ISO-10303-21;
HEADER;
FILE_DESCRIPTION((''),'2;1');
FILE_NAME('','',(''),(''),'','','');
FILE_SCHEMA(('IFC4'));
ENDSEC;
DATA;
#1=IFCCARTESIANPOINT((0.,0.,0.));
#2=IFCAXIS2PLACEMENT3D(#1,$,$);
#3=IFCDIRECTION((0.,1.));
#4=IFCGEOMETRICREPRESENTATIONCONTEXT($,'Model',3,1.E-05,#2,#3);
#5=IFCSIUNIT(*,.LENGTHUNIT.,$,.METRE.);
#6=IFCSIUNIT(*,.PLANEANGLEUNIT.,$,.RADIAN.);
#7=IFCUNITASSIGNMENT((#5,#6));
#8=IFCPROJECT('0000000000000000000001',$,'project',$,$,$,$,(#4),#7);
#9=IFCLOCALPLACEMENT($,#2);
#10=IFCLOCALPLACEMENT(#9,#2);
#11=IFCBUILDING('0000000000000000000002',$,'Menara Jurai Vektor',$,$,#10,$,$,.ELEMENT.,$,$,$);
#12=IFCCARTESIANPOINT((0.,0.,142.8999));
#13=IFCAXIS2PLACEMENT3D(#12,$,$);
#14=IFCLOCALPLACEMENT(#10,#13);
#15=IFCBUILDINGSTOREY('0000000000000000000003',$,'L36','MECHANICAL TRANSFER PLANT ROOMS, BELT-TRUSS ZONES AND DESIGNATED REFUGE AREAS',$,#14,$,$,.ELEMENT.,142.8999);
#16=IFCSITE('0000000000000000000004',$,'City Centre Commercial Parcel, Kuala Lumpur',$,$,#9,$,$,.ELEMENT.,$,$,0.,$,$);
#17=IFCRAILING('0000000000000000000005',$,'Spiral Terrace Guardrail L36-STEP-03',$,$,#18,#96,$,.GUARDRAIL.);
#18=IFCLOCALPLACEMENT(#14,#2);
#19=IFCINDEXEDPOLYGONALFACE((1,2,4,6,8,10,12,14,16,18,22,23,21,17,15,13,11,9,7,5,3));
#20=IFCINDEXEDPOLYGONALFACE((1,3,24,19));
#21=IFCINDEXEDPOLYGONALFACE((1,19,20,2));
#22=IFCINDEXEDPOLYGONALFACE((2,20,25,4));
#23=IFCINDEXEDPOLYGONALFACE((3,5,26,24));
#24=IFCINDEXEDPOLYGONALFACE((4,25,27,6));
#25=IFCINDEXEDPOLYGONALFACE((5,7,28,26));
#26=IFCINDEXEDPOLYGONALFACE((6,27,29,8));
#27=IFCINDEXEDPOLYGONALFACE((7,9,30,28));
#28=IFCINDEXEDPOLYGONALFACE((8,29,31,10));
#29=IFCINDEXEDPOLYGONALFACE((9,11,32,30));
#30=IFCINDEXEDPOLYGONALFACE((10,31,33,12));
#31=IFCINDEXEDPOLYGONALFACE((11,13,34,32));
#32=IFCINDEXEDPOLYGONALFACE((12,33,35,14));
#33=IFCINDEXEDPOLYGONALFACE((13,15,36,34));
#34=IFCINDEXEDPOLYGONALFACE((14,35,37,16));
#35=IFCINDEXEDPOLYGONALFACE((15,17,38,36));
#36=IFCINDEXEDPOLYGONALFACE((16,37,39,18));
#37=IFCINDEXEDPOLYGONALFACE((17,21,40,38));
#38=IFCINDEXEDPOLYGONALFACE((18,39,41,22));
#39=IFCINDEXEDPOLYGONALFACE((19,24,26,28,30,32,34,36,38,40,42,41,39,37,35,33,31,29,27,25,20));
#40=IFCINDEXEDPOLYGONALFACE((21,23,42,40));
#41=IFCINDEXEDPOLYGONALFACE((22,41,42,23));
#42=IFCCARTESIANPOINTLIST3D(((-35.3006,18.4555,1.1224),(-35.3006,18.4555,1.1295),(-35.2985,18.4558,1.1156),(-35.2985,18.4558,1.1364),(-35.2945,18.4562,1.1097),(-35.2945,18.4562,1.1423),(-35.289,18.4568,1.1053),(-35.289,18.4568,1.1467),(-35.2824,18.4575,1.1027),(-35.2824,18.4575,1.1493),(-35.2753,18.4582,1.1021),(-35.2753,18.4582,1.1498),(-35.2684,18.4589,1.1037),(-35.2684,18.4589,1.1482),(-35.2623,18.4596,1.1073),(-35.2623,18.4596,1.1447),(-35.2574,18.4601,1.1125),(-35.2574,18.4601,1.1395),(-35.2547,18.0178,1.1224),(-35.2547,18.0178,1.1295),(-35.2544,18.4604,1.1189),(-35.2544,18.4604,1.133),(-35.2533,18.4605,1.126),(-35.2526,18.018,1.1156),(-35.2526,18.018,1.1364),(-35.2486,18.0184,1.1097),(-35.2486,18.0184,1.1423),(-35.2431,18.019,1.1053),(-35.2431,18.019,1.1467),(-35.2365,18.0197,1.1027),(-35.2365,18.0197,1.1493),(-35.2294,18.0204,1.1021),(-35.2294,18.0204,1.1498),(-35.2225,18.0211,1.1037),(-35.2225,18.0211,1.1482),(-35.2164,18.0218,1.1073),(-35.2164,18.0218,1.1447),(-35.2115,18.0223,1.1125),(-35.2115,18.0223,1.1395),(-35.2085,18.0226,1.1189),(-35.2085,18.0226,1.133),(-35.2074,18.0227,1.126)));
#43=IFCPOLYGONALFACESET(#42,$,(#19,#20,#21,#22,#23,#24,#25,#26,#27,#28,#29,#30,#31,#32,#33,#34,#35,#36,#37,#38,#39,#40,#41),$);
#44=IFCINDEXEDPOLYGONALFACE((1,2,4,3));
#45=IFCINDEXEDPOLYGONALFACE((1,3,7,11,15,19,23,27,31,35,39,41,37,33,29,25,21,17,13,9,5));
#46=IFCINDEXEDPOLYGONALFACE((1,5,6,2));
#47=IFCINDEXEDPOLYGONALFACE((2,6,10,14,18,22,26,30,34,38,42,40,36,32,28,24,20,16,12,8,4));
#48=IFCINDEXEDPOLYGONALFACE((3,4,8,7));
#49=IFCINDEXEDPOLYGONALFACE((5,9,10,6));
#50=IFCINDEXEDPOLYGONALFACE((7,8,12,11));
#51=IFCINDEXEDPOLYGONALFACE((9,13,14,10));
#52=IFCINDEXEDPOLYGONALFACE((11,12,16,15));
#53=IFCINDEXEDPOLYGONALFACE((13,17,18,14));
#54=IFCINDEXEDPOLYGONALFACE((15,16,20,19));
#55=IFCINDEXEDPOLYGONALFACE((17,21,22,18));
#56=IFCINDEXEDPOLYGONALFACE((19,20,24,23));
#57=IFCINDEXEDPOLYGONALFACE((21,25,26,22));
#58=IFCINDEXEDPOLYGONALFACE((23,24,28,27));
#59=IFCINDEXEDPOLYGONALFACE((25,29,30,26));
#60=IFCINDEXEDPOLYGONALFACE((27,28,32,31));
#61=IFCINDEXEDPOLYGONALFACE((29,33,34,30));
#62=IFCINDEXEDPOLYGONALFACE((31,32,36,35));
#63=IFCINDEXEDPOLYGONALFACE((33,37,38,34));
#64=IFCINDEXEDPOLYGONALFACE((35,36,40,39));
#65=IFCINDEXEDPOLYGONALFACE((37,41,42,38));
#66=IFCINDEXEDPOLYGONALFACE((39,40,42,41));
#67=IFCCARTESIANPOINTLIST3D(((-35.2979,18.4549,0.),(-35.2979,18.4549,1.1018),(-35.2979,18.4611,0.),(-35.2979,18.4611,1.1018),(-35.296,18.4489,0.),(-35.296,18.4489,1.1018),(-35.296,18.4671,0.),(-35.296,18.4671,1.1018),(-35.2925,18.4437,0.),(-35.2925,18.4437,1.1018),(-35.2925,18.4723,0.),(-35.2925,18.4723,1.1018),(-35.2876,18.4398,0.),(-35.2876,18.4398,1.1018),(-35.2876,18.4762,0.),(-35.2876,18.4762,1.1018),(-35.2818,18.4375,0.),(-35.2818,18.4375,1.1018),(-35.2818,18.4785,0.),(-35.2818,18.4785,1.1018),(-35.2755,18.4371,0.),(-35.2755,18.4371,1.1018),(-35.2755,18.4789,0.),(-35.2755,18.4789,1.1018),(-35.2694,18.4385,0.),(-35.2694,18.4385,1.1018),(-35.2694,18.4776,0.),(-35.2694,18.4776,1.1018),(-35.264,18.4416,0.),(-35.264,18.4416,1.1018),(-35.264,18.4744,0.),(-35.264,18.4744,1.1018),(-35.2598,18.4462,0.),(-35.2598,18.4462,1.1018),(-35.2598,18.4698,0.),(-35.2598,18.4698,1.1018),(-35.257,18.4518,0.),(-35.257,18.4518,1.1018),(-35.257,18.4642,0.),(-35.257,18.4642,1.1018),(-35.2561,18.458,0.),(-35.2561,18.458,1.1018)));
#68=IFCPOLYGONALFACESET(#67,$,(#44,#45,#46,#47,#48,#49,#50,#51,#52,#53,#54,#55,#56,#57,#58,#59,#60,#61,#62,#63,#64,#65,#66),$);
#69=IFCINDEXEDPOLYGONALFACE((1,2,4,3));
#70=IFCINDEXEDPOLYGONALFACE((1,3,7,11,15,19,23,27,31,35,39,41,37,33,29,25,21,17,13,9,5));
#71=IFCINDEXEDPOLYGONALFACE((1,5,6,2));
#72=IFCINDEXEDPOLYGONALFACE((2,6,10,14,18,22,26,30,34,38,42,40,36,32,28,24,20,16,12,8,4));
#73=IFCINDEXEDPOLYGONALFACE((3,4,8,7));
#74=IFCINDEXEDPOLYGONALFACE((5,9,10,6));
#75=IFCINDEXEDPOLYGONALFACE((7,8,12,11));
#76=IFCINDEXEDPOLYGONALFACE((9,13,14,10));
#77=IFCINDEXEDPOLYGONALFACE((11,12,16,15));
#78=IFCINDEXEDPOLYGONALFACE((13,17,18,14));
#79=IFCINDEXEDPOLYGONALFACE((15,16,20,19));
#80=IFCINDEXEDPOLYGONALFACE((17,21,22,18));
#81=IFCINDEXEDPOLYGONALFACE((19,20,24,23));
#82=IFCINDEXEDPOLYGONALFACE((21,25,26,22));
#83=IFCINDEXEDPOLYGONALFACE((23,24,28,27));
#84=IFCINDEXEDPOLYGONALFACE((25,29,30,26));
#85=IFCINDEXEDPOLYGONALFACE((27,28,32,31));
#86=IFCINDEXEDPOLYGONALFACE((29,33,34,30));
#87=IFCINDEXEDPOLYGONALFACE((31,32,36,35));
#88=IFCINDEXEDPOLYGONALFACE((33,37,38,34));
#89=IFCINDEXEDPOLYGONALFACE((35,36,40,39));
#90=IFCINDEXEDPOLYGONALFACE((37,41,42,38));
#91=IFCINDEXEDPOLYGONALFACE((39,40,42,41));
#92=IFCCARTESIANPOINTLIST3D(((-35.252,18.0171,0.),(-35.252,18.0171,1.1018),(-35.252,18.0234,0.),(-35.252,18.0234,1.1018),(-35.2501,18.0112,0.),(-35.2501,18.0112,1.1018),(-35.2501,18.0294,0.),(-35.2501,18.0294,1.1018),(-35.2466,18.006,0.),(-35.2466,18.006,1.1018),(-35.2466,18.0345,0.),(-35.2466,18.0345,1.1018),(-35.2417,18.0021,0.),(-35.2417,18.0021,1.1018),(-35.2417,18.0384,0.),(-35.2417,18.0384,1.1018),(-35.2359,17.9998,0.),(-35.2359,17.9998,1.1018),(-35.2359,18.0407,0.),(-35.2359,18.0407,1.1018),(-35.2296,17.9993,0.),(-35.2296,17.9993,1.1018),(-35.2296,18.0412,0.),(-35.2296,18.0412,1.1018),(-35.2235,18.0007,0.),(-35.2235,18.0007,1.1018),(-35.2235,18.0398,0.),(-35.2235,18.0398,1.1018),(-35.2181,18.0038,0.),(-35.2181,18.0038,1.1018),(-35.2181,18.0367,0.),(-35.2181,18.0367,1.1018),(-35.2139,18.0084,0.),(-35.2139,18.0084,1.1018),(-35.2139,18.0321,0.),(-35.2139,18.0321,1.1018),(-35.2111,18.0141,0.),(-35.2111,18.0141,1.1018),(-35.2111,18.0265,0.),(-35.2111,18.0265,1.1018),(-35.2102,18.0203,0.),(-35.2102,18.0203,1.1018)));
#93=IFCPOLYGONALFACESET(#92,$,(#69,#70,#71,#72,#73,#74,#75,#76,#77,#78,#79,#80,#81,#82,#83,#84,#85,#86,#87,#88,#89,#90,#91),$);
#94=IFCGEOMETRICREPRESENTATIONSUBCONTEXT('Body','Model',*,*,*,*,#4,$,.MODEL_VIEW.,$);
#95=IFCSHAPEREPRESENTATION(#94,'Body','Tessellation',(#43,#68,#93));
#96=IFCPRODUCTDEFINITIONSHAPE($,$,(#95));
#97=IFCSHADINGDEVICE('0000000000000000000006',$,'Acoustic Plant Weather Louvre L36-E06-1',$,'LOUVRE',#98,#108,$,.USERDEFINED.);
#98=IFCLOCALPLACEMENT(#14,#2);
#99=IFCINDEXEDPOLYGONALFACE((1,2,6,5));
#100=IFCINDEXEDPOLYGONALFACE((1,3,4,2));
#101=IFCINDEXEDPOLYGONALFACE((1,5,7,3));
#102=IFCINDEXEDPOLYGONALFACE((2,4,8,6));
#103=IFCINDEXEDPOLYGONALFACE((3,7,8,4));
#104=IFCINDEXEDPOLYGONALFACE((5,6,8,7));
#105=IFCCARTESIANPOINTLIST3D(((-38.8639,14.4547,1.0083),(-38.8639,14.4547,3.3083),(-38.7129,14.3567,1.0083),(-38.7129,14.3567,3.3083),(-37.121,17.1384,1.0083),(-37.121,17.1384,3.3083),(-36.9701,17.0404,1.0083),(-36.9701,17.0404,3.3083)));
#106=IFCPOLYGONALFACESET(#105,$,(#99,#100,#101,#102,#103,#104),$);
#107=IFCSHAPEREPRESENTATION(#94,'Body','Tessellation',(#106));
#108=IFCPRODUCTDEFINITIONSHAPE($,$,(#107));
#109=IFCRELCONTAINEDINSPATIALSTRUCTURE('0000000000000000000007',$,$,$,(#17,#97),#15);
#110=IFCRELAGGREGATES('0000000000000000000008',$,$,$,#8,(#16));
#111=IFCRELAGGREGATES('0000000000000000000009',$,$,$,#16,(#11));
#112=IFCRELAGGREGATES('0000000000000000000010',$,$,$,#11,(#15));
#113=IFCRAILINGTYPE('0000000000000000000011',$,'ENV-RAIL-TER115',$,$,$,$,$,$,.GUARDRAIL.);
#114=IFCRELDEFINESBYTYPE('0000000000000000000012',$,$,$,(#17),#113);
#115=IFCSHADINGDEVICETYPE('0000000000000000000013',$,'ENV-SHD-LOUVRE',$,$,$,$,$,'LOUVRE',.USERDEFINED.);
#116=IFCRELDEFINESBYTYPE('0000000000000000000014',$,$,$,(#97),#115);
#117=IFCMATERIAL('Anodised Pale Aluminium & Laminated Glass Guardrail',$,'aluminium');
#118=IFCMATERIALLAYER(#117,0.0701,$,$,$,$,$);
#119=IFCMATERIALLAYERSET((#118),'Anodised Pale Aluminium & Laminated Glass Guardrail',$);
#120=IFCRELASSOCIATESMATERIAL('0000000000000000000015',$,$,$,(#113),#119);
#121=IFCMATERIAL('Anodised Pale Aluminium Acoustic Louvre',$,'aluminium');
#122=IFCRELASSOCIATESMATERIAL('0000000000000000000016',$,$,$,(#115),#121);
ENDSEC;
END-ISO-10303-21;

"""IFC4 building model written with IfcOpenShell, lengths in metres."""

from ifc_helpers import new_model, si_unit, direction, frame, origin, origin_2d, place, context, subcontext, project, spatial, rectangle, circle, extrude, material, layer, layer_set, type_object, element, save


model = new_model("IFC4")

# Units and contexts
model_context = context("Model", 3, precision=1e-05, world=origin(), true_north=direction((0.0, 1.0)))
body_context = subcontext(model_context, "Body", "Model", "MODEL_VIEW")
ifc_project = project(units=[si_unit("LENGTHUNIT", "METRE"), si_unit("PLANEANGLEUNIT", "RADIAN")], contexts=[model_context])

# Site, building, storey
site_placement = place(None, origin())
site = spatial("IfcSite", under=ifc_project, at=site_placement, Name="City Centre Commercial Parcel, Kuala Lumpur", CompositionType="ELEMENT", RefElevation=0.0)
building_placement = place(site_placement, origin())
building = spatial("IfcBuilding", under=site, at=building_placement, Name="Menara Jurai Vektor", CompositionType="ELEMENT")
storey_placement = place(building_placement, frame((0.0, 0.0, 142.8999)))
storey = spatial("IfcBuildingStorey", under=building, at=storey_placement, Name="L36", Description="MECHANICAL TRANSFER PLANT ROOMS, BELT-TRUSS ZONES AND DESIGNATED REFUGE AREAS", CompositionType="ELEMENT", Elevation=142.8999)

# Railing
ifc_material_1 = material(Name="Anodised Pale Aluminium & Laminated Glass Guardrail", Category="aluminium")
ifc_layer_1 = layer(ifc_material_1, 0.0701)
ifc_layer_set_1 = layer_set([ifc_layer_1], Name="Anodised Pale Aluminium & Laminated Glass Guardrail")
railing_type = type_object("IfcRailingType", Name="ENV-RAIL-TER115", PredefinedType="GUARDRAIL", material=ifc_layer_set_1)
railing_1_placement = place(storey_placement, frame((-35.2771, 18.458, 0.0)))
element("IfcRailing", 1, at=railing_1_placement, inside=storey, type_object=railing_type, Name="Spiral Terrace Guardrail L36-STEP-03", PredefinedType="GUARDRAIL", context=body_context, shape_type="SweptSolid", body=[
    extrude(circle(Radius=0.0239, at=origin_2d()), frame((0.0, 0.0, 1.126), z_axis=(0.104281, -0.994548, 0.0), x_axis=(0.994548, 0.104281, 0.0)), (0.0, 0.0, 1.0), 0.4402),
    extrude(circle(Radius=0.021, at=origin_2d()), origin(), (0.0, 0.0, 1.0), 1.1018),
    extrude(circle(Radius=0.021, at=origin_2d()), frame((0.0459, -0.4377, 0.0)), (0.0, 0.0, 1.0), 1.1018),
])

# Shading device
ifc_material_2 = material(Name="Anodised Pale Aluminium Acoustic Louvre", Category="aluminium")
shading_device_type = type_object("IfcShadingDeviceType", Name="ENV-SHD-LOUVRE", ElementType="LOUVRE", PredefinedType="USERDEFINED", material=ifc_material_2)
shading_device_placement = place(storey_placement, frame((-37.917, 15.7476, 1.0083), z_axis=(0.0, 0.0, 1.0), x_axis=(-0.544639, -0.838671, 0.0)))
element("IfcShadingDevice", 2, at=shading_device_placement, inside=storey, type_object=shading_device_type, Name="Acoustic Plant Weather Louvre L36-E06-1", ObjectType="LOUVRE", PredefinedType="USERDEFINED", context=body_context, shape_type="SweptSolid", body=[
    extrude(rectangle(XDim=3.2, YDim=0.1799, at=origin_2d()), origin(), (0.0, 0.0, 1.0), 2.3),
])

save(model, "model.ifc")
